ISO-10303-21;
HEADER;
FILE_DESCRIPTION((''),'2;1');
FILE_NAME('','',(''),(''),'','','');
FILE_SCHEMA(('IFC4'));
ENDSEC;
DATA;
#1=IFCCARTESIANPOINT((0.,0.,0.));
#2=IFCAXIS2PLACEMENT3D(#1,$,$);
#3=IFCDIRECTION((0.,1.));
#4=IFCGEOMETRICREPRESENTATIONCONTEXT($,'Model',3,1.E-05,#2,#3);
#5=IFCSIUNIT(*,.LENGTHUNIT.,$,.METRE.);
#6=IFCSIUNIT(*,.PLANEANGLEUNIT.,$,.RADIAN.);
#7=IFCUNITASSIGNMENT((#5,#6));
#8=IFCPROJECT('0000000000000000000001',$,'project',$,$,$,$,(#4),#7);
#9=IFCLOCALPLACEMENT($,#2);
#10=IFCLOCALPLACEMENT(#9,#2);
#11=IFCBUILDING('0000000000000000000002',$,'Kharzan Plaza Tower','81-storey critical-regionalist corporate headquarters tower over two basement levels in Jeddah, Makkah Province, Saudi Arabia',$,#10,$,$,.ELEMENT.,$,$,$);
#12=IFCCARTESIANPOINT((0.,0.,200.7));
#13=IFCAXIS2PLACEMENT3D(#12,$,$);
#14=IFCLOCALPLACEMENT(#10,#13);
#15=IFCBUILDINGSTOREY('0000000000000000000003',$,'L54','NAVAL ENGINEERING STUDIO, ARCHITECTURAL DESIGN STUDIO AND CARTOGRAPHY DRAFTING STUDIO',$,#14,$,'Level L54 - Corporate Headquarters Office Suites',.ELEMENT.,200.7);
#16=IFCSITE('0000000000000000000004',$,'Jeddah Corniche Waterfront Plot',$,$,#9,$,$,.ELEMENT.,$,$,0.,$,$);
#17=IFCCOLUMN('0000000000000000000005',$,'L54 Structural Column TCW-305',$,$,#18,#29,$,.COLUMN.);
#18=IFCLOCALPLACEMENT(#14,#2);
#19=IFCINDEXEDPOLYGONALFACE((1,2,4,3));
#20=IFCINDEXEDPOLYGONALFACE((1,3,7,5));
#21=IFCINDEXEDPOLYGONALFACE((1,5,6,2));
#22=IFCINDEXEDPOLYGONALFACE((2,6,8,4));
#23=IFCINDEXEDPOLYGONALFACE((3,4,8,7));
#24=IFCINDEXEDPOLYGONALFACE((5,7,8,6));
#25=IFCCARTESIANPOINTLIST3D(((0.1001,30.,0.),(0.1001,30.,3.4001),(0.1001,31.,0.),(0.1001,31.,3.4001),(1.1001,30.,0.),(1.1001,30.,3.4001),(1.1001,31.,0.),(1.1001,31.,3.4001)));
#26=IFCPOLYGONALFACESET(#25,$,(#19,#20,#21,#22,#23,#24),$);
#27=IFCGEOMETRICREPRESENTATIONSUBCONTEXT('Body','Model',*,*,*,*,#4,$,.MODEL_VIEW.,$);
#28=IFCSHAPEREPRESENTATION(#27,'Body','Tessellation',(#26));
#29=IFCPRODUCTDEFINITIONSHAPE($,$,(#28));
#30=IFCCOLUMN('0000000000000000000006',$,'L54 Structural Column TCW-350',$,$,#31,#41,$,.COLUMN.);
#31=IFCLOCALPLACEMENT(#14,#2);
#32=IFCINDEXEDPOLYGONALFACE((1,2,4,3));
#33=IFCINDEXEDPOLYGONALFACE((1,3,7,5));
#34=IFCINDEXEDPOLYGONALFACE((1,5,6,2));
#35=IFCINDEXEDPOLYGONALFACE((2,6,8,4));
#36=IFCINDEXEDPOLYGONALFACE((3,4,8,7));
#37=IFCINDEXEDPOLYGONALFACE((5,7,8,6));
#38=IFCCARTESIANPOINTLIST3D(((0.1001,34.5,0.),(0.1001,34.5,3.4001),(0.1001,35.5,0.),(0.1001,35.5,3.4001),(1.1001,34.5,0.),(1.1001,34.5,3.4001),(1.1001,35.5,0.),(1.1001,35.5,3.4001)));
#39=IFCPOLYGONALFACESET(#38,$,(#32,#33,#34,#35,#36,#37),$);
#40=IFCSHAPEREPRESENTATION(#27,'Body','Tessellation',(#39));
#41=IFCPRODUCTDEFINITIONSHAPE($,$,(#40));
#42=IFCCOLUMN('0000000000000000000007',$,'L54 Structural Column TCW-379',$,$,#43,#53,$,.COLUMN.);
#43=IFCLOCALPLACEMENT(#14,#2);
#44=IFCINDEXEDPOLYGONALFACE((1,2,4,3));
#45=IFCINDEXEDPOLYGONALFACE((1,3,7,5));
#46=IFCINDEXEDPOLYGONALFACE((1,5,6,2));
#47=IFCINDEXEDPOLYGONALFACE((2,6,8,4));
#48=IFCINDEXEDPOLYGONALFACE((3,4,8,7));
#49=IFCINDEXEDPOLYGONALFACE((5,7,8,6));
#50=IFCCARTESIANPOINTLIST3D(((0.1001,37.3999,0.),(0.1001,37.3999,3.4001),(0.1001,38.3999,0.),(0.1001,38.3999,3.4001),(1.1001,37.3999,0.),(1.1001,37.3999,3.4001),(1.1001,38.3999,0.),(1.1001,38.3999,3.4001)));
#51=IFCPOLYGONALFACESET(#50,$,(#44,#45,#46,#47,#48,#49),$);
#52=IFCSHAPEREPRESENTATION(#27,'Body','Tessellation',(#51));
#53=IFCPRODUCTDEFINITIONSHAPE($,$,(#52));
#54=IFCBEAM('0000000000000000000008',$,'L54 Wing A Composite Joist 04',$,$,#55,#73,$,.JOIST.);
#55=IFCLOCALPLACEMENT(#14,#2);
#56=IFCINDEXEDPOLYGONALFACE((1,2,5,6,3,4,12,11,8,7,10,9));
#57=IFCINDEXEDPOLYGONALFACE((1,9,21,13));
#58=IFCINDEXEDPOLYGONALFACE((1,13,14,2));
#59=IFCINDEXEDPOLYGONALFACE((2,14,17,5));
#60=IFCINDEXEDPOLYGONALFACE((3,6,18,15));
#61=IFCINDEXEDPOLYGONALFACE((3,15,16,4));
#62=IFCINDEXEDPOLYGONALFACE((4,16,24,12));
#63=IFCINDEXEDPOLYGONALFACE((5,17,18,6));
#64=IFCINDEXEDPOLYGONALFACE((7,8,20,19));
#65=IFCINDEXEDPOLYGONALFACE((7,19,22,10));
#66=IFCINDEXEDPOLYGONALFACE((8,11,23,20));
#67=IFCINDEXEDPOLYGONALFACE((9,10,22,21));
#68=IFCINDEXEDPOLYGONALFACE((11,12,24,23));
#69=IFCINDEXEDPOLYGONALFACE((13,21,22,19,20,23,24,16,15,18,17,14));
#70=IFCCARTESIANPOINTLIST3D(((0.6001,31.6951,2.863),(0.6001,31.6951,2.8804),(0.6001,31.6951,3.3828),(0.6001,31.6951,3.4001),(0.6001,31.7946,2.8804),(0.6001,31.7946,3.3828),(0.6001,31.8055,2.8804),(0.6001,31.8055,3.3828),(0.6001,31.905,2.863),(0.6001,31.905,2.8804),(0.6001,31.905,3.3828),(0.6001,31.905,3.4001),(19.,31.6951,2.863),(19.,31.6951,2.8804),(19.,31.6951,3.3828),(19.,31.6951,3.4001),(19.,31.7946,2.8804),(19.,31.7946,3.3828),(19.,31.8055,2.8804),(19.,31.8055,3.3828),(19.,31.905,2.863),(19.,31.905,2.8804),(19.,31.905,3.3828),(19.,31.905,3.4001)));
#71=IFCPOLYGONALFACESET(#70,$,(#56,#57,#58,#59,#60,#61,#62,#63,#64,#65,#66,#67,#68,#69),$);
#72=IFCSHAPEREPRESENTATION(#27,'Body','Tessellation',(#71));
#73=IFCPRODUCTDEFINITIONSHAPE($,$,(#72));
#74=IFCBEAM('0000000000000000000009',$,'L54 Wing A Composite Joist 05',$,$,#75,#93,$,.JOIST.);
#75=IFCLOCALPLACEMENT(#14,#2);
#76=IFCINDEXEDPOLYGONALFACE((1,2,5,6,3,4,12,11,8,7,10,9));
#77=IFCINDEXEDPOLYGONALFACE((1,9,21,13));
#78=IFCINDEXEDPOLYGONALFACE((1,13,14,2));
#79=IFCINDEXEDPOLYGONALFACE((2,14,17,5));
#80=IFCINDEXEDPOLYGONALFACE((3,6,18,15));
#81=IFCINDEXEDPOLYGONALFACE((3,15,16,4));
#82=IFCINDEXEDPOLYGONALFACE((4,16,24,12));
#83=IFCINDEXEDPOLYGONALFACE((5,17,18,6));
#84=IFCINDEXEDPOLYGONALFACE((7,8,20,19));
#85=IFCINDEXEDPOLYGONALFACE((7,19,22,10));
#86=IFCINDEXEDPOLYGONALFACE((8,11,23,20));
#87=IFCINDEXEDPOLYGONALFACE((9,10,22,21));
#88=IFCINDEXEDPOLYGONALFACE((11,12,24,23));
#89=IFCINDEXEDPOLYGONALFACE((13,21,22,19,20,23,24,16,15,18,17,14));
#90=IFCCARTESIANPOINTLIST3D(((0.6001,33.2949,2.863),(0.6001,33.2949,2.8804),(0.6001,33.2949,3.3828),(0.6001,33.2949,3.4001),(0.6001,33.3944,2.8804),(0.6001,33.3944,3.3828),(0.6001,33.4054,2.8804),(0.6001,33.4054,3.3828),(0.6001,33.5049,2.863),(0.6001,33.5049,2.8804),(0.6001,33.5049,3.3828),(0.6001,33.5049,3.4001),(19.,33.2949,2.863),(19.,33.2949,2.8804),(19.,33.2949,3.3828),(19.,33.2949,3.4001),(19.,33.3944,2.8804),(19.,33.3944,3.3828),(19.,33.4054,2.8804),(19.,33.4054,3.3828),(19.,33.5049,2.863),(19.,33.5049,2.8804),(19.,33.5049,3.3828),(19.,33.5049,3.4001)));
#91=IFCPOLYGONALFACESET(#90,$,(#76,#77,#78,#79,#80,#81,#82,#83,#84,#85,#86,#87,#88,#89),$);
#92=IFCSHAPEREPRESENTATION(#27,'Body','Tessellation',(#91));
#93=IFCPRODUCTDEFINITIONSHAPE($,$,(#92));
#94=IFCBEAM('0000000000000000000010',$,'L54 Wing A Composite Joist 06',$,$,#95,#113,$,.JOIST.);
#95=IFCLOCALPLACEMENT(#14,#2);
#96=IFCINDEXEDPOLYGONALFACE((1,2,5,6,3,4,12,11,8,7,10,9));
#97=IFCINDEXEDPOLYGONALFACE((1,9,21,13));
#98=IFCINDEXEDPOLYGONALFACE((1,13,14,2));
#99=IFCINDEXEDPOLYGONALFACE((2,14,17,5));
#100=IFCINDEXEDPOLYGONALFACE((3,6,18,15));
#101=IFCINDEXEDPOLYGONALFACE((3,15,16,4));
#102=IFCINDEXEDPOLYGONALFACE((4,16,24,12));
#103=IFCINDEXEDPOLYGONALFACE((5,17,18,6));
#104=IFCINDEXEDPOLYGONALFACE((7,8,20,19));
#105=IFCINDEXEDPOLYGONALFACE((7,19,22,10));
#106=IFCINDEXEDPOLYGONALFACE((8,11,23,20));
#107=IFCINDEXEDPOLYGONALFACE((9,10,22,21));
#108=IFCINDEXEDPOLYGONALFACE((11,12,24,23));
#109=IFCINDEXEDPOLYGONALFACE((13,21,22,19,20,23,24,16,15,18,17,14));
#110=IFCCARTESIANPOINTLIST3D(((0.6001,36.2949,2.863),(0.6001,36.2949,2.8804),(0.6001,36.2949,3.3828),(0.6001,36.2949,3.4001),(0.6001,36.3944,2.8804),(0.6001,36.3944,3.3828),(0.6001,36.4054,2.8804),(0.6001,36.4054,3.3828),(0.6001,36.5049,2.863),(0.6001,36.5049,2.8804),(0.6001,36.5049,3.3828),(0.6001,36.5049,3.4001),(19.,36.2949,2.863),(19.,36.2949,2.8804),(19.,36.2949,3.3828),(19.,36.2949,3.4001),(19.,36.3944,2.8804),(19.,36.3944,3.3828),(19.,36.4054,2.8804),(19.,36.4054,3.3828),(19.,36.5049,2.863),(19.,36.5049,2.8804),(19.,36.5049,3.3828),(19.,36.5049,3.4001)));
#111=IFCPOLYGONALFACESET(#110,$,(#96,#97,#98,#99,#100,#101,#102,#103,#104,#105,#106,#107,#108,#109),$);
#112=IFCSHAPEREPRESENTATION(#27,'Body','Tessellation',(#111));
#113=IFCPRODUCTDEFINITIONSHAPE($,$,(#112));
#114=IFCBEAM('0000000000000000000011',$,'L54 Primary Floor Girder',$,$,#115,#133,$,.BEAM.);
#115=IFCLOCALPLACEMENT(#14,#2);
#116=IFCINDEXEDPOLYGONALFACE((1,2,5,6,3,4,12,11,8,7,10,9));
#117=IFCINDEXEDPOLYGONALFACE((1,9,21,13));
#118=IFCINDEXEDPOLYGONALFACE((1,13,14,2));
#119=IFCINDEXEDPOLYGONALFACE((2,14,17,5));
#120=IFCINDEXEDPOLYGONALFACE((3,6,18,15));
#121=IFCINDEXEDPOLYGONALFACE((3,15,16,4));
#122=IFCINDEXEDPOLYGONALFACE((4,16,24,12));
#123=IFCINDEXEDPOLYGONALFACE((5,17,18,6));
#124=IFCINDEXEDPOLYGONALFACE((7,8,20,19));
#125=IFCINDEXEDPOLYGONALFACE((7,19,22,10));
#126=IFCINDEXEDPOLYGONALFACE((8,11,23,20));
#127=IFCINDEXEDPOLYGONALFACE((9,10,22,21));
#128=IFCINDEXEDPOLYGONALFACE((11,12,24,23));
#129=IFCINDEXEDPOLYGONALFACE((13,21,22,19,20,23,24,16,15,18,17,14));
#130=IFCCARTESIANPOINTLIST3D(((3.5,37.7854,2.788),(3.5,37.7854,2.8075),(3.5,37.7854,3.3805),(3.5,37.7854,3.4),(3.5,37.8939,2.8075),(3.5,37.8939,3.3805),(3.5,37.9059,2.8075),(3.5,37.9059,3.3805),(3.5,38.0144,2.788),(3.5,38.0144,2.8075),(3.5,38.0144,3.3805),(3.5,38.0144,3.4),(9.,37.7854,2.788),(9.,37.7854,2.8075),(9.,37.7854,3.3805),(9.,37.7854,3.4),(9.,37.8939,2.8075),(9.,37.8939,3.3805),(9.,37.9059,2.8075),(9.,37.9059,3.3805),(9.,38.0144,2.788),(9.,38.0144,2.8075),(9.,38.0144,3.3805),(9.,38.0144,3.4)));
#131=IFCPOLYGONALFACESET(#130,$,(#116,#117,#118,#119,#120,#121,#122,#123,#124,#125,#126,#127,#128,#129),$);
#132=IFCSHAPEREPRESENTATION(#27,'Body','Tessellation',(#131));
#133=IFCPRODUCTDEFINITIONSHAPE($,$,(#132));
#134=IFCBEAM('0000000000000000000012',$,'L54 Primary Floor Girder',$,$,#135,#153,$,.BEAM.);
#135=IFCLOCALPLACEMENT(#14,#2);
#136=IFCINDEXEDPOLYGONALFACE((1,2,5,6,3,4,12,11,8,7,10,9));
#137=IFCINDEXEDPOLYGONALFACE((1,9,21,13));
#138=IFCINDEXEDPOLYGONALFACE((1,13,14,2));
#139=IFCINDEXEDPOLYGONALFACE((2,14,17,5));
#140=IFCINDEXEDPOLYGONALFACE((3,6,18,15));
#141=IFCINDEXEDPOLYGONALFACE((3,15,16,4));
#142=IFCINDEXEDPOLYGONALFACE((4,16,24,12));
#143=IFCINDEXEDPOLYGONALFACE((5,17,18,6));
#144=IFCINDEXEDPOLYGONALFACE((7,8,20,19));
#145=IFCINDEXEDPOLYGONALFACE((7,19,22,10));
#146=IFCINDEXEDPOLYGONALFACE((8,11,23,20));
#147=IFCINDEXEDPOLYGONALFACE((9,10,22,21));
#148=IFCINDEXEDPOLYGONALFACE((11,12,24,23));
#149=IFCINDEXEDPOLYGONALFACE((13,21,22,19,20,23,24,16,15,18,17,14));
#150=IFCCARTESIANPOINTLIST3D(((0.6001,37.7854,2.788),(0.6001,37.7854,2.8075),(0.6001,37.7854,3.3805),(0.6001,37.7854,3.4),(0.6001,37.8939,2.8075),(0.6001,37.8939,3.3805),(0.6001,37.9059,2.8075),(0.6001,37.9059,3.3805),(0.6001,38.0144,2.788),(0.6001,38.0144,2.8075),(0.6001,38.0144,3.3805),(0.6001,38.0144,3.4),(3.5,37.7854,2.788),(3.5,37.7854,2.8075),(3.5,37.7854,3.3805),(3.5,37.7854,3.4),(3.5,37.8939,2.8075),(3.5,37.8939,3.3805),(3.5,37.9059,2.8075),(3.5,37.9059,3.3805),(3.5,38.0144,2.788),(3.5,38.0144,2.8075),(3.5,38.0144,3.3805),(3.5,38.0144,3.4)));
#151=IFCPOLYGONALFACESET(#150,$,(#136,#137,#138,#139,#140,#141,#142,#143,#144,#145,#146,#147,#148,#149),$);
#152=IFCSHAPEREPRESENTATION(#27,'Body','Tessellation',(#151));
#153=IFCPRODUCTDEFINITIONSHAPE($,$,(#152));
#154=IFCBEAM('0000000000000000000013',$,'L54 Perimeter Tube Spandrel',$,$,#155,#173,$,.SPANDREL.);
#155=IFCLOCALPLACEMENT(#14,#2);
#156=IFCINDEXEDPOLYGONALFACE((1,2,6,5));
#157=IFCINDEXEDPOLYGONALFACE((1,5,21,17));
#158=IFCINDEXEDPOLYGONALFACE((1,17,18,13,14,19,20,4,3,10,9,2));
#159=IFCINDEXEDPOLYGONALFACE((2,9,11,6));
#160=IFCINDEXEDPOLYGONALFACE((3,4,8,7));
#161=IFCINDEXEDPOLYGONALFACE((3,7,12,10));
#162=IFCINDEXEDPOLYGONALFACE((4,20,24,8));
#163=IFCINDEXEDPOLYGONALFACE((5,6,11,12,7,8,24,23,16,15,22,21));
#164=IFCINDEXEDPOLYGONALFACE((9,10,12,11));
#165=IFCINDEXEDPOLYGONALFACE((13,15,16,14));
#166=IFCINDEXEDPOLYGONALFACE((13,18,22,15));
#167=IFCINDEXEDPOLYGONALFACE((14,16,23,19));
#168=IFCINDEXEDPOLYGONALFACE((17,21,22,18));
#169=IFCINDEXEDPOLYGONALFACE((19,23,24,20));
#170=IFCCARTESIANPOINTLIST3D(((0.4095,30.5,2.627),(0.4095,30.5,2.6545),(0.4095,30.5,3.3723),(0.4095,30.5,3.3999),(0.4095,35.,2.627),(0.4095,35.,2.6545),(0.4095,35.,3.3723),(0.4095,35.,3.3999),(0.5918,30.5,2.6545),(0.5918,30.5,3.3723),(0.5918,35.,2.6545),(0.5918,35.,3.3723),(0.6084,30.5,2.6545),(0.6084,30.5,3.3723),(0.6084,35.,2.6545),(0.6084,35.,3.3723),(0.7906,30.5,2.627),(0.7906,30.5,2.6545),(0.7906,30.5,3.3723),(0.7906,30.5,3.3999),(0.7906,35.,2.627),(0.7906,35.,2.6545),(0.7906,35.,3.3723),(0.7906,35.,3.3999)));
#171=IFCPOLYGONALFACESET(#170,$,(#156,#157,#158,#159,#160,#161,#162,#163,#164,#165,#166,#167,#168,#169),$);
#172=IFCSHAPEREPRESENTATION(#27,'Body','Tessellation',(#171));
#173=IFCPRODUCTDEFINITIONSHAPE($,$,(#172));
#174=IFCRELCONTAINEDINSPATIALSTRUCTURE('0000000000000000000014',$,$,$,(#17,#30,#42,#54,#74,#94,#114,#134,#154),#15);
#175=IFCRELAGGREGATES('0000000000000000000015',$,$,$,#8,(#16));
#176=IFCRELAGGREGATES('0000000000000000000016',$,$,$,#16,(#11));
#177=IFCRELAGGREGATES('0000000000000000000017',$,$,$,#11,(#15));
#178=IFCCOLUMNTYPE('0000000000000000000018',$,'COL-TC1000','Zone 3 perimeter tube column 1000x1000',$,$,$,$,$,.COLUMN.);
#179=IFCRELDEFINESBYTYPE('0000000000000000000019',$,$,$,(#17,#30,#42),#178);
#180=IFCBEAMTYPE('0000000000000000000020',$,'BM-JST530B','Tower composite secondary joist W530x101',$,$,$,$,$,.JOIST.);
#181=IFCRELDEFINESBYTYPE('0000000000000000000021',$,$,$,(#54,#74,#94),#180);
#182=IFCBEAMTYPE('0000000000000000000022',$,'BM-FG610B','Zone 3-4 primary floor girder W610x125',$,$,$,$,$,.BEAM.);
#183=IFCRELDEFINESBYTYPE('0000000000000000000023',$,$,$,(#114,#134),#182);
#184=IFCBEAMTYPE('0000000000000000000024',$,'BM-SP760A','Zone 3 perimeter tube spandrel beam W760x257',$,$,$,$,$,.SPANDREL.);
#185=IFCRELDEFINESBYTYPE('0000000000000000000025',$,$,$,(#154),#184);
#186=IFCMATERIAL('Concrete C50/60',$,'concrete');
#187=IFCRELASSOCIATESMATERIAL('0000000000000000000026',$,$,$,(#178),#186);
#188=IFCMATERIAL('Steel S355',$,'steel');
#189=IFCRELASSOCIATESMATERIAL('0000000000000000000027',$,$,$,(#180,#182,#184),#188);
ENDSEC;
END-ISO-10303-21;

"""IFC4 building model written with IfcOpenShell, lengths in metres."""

from ifc_helpers import new_model, si_unit, direction, frame, origin, origin_2d, place, context, subcontext, project, spatial, rectangle, i_section, extrude, source, transform, mapped, material, material_profile, profile_set, type_object, element, save


model = new_model("IFC4")

# Units and contexts
model_context = context("Model", 3, precision=1e-05, world=origin(), true_north=direction((0.0, 1.0)))
body_context = subcontext(model_context, "Body", "Model", "MODEL_VIEW")
ifc_project = project(units=[si_unit("LENGTHUNIT", "METRE"), si_unit("PLANEANGLEUNIT", "RADIAN")], contexts=[model_context])

# Site, building, storey
site_placement = place(None, origin())
site = spatial("IfcSite", under=ifc_project, at=site_placement, Name="Jeddah Corniche Waterfront Plot", CompositionType="ELEMENT", RefElevation=0.0)
building_placement = place(site_placement, origin())
building = spatial("IfcBuilding", under=site, at=building_placement, Name="Kharzan Plaza Tower", Description="81-storey critical-regionalist corporate headquarters tower over two basement levels in Jeddah, Makkah Province, Saudi Arabia", CompositionType="ELEMENT")
storey_placement = place(building_placement, frame((0.0, 0.0, 200.7)))
storey = spatial("IfcBuildingStorey", under=building, at=storey_placement, Name="L54", Description="NAVAL ENGINEERING STUDIO, ARCHITECTURAL DESIGN STUDIO AND CARTOGRAPHY DRAFTING STUDIO", LongName="Level L54 - Corporate Headquarters Office Suites", CompositionType="ELEMENT", Elevation=200.7)

# Columns
ifc_material_1 = material(Name="Concrete C50/60", Category="concrete")
ifc_material_profile_1 = material_profile(ifc_material_1, rectangle(XDim=1.0, YDim=1.0, at=origin_2d()), Name="RC-TC1000x1000")
ifc_profile_set_1 = profile_set([ifc_material_profile_1], Name="Concrete C50/60")
column_type = type_object("IfcColumnType", Name="COL-TC1000", Description="Zone 3 perimeter tube column 1000x1000", PredefinedType="COLUMN", material=ifc_profile_set_1)
shared_shape_1 = source(origin(), body_context, "Body", "SweptSolid", [
    extrude(rectangle(XDim=1.0, YDim=1.0, at=origin_2d()), origin(), (0.0, 0.0, 1.0), 3.4001),
])
for number, where, z_axis, x_axis, name in (
    (1, (0.6001, 30.5, 0.0), (0.0, 0.0, 1.0), (1.0, 0.0, 0.0), "L54 Structural Column TCW-305"),
    (2, (0.6001, 35.0, 0.0), (0.0, 0.0, 1.0), (1.0, 0.0, 0.0), "L54 Structural Column TCW-350"),
    (3, (0.6001, 37.8999, 0.0), (0.0, 0.0, 1.0), (1.0, 0.0, 0.0), "L54 Structural Column TCW-379"),
):
    element("IfcColumn", number, at=place(storey_placement, frame(where, z_axis=z_axis, x_axis=x_axis)), inside=storey, type_object=column_type, Name=name, PredefinedType="COLUMN", context=body_context, shape_type="MappedRepresentation", body=[
        mapped(shared_shape_1, transform((0.0, 0.0, 0.0), x_axis=(1.0, 0.0, 0.0), y_axis=(0.0, 1.0, 0.0), z_axis=(0.0, 0.0, 1.0))),
    ])

# Beams
ifc_material_2 = material(Name="Steel S355", Category="steel")
ifc_material_profile_2 = material_profile(ifc_material_2, i_section(OverallWidth=0.21, OverallDepth=0.5371, WebThickness=0.011, FlangeThickness=0.0173, at=origin_2d()), Name="W530x101")
ifc_profile_set_2 = profile_set([ifc_material_profile_2], Name="Steel S355")
beam_type_1 = type_object("IfcBeamType", Name="BM-JST530B", Description="Tower composite secondary joist W530x101", PredefinedType="JOIST", material=ifc_profile_set_2)
shared_shape_2 = source(origin(), body_context, "Body", "SweptSolid", [
    extrude(i_section(OverallWidth=0.21, OverallDepth=0.5371, WebThickness=0.011, FlangeThickness=0.0173, at=origin_2d()), origin(), (0.0, 0.0, 1.0), 18.3999),
])
for number, where, z_axis, x_axis, name in (
    (4, (0.6001, 31.8, 3.1316), (1.0, 0.0, 0.0), (0.0, 1.0, 0.0), "L54 Wing A Composite Joist 04"),
    (5, (0.6001, 33.3999, 3.1316), (1.0, 0.0, 0.0), (0.0, 1.0, 0.0), "L54 Wing A Composite Joist 05"),
    (6, (0.6001, 36.3999, 3.1316), (1.0, 0.0, 0.0), (0.0, 1.0, 0.0), "L54 Wing A Composite Joist 06"),
):
    element("IfcBeam", number, at=place(storey_placement, frame(where, z_axis=z_axis, x_axis=x_axis)), inside=storey, type_object=beam_type_1, Name=name, PredefinedType="JOIST", context=body_context, shape_type="MappedRepresentation", body=[
        mapped(shared_shape_2, transform((0.0, 0.0, 0.0), x_axis=(1.0, 0.0, 0.0), y_axis=(0.0, 1.0, 0.0), z_axis=(0.0, 0.0, 1.0))),
    ])
ifc_material_profile_3 = material_profile(ifc_material_2, i_section(OverallWidth=0.229, OverallDepth=0.6121, WebThickness=0.012, FlangeThickness=0.0195, at=origin_2d()), Name="W610x125")
ifc_profile_set_3 = profile_set([ifc_material_profile_3], Name="Steel S355")
beam_type_2 = type_object("IfcBeamType", Name="BM-FG610B", Description="Zone 3-4 primary floor girder W610x125", PredefinedType="BEAM", material=ifc_profile_set_3)
shared_shape_3 = source(origin(), body_context, "Body", "SweptSolid", [
    extrude(i_section(OverallWidth=0.229, OverallDepth=0.6121, WebThickness=0.012, FlangeThickness=0.0195, at=origin_2d()), origin(), (0.0, 0.0, 1.0), 5.5),
])
beam_1_placement = place(storey_placement, frame((3.5, 37.8999, 3.094), z_axis=(1.0, 0.0, 0.0), x_axis=(0.0, 1.0, 0.0)))
element("IfcBeam", 7, at=beam_1_placement, inside=storey, type_object=beam_type_2, Name="L54 Primary Floor Girder", PredefinedType="BEAM", context=body_context, shape_type="MappedRepresentation", body=[
    mapped(shared_shape_3, transform((0.0, 0.0, 0.0), x_axis=(1.0, 0.0, 0.0), y_axis=(0.0, 1.0, 0.0), z_axis=(0.0, 0.0, 1.0))),
])
shared_shape_4 = source(origin(), body_context, "Body", "SweptSolid", [
    extrude(i_section(OverallWidth=0.229, OverallDepth=0.6121, WebThickness=0.012, FlangeThickness=0.0195, at=origin_2d()), origin(), (0.0, 0.0, 1.0), 2.8999),
])
beam_2_placement = place(storey_placement, frame((0.6001, 37.8999, 3.094), z_axis=(1.0, 0.0, 0.0), x_axis=(0.0, 1.0, 0.0)))
element("IfcBeam", 8, at=beam_2_placement, inside=storey, type_object=beam_type_2, Name="L54 Primary Floor Girder", PredefinedType="BEAM", context=body_context, shape_type="MappedRepresentation", body=[
    mapped(shared_shape_4, transform((0.0, 0.0, 0.0), x_axis=(1.0, 0.0, 0.0), y_axis=(0.0, 1.0, 0.0), z_axis=(0.0, 0.0, 1.0))),
])
ifc_material_profile_4 = material_profile(ifc_material_2, i_section(OverallWidth=0.3811, OverallDepth=0.7729, WebThickness=0.0166, FlangeThickness=0.0276, at=origin_2d()), Name="W760x257")
ifc_profile_set_4 = profile_set([ifc_material_profile_4], Name="Steel S355")
beam_type_3 = type_object("IfcBeamType", Name="BM-SP760A", Description="Zone 3 perimeter tube spandrel beam W760x257", PredefinedType="SPANDREL", material=ifc_profile_set_4)
shared_shape_5 = source(origin(), body_context, "Body", "SweptSolid", [
    extrude(i_section(OverallWidth=0.3811, OverallDepth=0.7729, WebThickness=0.0166, FlangeThickness=0.0276, at=origin_2d()), origin(), (0.0, 0.0, 1.0), 4.5),
])
beam_3_placement = place(storey_placement, frame((0.6001, 30.5, 3.0134), z_axis=(0.0, 1.0, 0.0), x_axis=(-1.0, 0.0, 0.0)))
element("IfcBeam", 9, at=beam_3_placement, inside=storey, type_object=beam_type_3, Name="L54 Perimeter Tube Spandrel", PredefinedType="SPANDREL", context=body_context, shape_type="MappedRepresentation", body=[
    mapped(shared_shape_5, transform((0.0, 0.0, 0.0), x_axis=(1.0, 0.0, 0.0), y_axis=(0.0, 1.0, 0.0), z_axis=(0.0, 0.0, 1.0))),
])

save(model, "model.ifc")
